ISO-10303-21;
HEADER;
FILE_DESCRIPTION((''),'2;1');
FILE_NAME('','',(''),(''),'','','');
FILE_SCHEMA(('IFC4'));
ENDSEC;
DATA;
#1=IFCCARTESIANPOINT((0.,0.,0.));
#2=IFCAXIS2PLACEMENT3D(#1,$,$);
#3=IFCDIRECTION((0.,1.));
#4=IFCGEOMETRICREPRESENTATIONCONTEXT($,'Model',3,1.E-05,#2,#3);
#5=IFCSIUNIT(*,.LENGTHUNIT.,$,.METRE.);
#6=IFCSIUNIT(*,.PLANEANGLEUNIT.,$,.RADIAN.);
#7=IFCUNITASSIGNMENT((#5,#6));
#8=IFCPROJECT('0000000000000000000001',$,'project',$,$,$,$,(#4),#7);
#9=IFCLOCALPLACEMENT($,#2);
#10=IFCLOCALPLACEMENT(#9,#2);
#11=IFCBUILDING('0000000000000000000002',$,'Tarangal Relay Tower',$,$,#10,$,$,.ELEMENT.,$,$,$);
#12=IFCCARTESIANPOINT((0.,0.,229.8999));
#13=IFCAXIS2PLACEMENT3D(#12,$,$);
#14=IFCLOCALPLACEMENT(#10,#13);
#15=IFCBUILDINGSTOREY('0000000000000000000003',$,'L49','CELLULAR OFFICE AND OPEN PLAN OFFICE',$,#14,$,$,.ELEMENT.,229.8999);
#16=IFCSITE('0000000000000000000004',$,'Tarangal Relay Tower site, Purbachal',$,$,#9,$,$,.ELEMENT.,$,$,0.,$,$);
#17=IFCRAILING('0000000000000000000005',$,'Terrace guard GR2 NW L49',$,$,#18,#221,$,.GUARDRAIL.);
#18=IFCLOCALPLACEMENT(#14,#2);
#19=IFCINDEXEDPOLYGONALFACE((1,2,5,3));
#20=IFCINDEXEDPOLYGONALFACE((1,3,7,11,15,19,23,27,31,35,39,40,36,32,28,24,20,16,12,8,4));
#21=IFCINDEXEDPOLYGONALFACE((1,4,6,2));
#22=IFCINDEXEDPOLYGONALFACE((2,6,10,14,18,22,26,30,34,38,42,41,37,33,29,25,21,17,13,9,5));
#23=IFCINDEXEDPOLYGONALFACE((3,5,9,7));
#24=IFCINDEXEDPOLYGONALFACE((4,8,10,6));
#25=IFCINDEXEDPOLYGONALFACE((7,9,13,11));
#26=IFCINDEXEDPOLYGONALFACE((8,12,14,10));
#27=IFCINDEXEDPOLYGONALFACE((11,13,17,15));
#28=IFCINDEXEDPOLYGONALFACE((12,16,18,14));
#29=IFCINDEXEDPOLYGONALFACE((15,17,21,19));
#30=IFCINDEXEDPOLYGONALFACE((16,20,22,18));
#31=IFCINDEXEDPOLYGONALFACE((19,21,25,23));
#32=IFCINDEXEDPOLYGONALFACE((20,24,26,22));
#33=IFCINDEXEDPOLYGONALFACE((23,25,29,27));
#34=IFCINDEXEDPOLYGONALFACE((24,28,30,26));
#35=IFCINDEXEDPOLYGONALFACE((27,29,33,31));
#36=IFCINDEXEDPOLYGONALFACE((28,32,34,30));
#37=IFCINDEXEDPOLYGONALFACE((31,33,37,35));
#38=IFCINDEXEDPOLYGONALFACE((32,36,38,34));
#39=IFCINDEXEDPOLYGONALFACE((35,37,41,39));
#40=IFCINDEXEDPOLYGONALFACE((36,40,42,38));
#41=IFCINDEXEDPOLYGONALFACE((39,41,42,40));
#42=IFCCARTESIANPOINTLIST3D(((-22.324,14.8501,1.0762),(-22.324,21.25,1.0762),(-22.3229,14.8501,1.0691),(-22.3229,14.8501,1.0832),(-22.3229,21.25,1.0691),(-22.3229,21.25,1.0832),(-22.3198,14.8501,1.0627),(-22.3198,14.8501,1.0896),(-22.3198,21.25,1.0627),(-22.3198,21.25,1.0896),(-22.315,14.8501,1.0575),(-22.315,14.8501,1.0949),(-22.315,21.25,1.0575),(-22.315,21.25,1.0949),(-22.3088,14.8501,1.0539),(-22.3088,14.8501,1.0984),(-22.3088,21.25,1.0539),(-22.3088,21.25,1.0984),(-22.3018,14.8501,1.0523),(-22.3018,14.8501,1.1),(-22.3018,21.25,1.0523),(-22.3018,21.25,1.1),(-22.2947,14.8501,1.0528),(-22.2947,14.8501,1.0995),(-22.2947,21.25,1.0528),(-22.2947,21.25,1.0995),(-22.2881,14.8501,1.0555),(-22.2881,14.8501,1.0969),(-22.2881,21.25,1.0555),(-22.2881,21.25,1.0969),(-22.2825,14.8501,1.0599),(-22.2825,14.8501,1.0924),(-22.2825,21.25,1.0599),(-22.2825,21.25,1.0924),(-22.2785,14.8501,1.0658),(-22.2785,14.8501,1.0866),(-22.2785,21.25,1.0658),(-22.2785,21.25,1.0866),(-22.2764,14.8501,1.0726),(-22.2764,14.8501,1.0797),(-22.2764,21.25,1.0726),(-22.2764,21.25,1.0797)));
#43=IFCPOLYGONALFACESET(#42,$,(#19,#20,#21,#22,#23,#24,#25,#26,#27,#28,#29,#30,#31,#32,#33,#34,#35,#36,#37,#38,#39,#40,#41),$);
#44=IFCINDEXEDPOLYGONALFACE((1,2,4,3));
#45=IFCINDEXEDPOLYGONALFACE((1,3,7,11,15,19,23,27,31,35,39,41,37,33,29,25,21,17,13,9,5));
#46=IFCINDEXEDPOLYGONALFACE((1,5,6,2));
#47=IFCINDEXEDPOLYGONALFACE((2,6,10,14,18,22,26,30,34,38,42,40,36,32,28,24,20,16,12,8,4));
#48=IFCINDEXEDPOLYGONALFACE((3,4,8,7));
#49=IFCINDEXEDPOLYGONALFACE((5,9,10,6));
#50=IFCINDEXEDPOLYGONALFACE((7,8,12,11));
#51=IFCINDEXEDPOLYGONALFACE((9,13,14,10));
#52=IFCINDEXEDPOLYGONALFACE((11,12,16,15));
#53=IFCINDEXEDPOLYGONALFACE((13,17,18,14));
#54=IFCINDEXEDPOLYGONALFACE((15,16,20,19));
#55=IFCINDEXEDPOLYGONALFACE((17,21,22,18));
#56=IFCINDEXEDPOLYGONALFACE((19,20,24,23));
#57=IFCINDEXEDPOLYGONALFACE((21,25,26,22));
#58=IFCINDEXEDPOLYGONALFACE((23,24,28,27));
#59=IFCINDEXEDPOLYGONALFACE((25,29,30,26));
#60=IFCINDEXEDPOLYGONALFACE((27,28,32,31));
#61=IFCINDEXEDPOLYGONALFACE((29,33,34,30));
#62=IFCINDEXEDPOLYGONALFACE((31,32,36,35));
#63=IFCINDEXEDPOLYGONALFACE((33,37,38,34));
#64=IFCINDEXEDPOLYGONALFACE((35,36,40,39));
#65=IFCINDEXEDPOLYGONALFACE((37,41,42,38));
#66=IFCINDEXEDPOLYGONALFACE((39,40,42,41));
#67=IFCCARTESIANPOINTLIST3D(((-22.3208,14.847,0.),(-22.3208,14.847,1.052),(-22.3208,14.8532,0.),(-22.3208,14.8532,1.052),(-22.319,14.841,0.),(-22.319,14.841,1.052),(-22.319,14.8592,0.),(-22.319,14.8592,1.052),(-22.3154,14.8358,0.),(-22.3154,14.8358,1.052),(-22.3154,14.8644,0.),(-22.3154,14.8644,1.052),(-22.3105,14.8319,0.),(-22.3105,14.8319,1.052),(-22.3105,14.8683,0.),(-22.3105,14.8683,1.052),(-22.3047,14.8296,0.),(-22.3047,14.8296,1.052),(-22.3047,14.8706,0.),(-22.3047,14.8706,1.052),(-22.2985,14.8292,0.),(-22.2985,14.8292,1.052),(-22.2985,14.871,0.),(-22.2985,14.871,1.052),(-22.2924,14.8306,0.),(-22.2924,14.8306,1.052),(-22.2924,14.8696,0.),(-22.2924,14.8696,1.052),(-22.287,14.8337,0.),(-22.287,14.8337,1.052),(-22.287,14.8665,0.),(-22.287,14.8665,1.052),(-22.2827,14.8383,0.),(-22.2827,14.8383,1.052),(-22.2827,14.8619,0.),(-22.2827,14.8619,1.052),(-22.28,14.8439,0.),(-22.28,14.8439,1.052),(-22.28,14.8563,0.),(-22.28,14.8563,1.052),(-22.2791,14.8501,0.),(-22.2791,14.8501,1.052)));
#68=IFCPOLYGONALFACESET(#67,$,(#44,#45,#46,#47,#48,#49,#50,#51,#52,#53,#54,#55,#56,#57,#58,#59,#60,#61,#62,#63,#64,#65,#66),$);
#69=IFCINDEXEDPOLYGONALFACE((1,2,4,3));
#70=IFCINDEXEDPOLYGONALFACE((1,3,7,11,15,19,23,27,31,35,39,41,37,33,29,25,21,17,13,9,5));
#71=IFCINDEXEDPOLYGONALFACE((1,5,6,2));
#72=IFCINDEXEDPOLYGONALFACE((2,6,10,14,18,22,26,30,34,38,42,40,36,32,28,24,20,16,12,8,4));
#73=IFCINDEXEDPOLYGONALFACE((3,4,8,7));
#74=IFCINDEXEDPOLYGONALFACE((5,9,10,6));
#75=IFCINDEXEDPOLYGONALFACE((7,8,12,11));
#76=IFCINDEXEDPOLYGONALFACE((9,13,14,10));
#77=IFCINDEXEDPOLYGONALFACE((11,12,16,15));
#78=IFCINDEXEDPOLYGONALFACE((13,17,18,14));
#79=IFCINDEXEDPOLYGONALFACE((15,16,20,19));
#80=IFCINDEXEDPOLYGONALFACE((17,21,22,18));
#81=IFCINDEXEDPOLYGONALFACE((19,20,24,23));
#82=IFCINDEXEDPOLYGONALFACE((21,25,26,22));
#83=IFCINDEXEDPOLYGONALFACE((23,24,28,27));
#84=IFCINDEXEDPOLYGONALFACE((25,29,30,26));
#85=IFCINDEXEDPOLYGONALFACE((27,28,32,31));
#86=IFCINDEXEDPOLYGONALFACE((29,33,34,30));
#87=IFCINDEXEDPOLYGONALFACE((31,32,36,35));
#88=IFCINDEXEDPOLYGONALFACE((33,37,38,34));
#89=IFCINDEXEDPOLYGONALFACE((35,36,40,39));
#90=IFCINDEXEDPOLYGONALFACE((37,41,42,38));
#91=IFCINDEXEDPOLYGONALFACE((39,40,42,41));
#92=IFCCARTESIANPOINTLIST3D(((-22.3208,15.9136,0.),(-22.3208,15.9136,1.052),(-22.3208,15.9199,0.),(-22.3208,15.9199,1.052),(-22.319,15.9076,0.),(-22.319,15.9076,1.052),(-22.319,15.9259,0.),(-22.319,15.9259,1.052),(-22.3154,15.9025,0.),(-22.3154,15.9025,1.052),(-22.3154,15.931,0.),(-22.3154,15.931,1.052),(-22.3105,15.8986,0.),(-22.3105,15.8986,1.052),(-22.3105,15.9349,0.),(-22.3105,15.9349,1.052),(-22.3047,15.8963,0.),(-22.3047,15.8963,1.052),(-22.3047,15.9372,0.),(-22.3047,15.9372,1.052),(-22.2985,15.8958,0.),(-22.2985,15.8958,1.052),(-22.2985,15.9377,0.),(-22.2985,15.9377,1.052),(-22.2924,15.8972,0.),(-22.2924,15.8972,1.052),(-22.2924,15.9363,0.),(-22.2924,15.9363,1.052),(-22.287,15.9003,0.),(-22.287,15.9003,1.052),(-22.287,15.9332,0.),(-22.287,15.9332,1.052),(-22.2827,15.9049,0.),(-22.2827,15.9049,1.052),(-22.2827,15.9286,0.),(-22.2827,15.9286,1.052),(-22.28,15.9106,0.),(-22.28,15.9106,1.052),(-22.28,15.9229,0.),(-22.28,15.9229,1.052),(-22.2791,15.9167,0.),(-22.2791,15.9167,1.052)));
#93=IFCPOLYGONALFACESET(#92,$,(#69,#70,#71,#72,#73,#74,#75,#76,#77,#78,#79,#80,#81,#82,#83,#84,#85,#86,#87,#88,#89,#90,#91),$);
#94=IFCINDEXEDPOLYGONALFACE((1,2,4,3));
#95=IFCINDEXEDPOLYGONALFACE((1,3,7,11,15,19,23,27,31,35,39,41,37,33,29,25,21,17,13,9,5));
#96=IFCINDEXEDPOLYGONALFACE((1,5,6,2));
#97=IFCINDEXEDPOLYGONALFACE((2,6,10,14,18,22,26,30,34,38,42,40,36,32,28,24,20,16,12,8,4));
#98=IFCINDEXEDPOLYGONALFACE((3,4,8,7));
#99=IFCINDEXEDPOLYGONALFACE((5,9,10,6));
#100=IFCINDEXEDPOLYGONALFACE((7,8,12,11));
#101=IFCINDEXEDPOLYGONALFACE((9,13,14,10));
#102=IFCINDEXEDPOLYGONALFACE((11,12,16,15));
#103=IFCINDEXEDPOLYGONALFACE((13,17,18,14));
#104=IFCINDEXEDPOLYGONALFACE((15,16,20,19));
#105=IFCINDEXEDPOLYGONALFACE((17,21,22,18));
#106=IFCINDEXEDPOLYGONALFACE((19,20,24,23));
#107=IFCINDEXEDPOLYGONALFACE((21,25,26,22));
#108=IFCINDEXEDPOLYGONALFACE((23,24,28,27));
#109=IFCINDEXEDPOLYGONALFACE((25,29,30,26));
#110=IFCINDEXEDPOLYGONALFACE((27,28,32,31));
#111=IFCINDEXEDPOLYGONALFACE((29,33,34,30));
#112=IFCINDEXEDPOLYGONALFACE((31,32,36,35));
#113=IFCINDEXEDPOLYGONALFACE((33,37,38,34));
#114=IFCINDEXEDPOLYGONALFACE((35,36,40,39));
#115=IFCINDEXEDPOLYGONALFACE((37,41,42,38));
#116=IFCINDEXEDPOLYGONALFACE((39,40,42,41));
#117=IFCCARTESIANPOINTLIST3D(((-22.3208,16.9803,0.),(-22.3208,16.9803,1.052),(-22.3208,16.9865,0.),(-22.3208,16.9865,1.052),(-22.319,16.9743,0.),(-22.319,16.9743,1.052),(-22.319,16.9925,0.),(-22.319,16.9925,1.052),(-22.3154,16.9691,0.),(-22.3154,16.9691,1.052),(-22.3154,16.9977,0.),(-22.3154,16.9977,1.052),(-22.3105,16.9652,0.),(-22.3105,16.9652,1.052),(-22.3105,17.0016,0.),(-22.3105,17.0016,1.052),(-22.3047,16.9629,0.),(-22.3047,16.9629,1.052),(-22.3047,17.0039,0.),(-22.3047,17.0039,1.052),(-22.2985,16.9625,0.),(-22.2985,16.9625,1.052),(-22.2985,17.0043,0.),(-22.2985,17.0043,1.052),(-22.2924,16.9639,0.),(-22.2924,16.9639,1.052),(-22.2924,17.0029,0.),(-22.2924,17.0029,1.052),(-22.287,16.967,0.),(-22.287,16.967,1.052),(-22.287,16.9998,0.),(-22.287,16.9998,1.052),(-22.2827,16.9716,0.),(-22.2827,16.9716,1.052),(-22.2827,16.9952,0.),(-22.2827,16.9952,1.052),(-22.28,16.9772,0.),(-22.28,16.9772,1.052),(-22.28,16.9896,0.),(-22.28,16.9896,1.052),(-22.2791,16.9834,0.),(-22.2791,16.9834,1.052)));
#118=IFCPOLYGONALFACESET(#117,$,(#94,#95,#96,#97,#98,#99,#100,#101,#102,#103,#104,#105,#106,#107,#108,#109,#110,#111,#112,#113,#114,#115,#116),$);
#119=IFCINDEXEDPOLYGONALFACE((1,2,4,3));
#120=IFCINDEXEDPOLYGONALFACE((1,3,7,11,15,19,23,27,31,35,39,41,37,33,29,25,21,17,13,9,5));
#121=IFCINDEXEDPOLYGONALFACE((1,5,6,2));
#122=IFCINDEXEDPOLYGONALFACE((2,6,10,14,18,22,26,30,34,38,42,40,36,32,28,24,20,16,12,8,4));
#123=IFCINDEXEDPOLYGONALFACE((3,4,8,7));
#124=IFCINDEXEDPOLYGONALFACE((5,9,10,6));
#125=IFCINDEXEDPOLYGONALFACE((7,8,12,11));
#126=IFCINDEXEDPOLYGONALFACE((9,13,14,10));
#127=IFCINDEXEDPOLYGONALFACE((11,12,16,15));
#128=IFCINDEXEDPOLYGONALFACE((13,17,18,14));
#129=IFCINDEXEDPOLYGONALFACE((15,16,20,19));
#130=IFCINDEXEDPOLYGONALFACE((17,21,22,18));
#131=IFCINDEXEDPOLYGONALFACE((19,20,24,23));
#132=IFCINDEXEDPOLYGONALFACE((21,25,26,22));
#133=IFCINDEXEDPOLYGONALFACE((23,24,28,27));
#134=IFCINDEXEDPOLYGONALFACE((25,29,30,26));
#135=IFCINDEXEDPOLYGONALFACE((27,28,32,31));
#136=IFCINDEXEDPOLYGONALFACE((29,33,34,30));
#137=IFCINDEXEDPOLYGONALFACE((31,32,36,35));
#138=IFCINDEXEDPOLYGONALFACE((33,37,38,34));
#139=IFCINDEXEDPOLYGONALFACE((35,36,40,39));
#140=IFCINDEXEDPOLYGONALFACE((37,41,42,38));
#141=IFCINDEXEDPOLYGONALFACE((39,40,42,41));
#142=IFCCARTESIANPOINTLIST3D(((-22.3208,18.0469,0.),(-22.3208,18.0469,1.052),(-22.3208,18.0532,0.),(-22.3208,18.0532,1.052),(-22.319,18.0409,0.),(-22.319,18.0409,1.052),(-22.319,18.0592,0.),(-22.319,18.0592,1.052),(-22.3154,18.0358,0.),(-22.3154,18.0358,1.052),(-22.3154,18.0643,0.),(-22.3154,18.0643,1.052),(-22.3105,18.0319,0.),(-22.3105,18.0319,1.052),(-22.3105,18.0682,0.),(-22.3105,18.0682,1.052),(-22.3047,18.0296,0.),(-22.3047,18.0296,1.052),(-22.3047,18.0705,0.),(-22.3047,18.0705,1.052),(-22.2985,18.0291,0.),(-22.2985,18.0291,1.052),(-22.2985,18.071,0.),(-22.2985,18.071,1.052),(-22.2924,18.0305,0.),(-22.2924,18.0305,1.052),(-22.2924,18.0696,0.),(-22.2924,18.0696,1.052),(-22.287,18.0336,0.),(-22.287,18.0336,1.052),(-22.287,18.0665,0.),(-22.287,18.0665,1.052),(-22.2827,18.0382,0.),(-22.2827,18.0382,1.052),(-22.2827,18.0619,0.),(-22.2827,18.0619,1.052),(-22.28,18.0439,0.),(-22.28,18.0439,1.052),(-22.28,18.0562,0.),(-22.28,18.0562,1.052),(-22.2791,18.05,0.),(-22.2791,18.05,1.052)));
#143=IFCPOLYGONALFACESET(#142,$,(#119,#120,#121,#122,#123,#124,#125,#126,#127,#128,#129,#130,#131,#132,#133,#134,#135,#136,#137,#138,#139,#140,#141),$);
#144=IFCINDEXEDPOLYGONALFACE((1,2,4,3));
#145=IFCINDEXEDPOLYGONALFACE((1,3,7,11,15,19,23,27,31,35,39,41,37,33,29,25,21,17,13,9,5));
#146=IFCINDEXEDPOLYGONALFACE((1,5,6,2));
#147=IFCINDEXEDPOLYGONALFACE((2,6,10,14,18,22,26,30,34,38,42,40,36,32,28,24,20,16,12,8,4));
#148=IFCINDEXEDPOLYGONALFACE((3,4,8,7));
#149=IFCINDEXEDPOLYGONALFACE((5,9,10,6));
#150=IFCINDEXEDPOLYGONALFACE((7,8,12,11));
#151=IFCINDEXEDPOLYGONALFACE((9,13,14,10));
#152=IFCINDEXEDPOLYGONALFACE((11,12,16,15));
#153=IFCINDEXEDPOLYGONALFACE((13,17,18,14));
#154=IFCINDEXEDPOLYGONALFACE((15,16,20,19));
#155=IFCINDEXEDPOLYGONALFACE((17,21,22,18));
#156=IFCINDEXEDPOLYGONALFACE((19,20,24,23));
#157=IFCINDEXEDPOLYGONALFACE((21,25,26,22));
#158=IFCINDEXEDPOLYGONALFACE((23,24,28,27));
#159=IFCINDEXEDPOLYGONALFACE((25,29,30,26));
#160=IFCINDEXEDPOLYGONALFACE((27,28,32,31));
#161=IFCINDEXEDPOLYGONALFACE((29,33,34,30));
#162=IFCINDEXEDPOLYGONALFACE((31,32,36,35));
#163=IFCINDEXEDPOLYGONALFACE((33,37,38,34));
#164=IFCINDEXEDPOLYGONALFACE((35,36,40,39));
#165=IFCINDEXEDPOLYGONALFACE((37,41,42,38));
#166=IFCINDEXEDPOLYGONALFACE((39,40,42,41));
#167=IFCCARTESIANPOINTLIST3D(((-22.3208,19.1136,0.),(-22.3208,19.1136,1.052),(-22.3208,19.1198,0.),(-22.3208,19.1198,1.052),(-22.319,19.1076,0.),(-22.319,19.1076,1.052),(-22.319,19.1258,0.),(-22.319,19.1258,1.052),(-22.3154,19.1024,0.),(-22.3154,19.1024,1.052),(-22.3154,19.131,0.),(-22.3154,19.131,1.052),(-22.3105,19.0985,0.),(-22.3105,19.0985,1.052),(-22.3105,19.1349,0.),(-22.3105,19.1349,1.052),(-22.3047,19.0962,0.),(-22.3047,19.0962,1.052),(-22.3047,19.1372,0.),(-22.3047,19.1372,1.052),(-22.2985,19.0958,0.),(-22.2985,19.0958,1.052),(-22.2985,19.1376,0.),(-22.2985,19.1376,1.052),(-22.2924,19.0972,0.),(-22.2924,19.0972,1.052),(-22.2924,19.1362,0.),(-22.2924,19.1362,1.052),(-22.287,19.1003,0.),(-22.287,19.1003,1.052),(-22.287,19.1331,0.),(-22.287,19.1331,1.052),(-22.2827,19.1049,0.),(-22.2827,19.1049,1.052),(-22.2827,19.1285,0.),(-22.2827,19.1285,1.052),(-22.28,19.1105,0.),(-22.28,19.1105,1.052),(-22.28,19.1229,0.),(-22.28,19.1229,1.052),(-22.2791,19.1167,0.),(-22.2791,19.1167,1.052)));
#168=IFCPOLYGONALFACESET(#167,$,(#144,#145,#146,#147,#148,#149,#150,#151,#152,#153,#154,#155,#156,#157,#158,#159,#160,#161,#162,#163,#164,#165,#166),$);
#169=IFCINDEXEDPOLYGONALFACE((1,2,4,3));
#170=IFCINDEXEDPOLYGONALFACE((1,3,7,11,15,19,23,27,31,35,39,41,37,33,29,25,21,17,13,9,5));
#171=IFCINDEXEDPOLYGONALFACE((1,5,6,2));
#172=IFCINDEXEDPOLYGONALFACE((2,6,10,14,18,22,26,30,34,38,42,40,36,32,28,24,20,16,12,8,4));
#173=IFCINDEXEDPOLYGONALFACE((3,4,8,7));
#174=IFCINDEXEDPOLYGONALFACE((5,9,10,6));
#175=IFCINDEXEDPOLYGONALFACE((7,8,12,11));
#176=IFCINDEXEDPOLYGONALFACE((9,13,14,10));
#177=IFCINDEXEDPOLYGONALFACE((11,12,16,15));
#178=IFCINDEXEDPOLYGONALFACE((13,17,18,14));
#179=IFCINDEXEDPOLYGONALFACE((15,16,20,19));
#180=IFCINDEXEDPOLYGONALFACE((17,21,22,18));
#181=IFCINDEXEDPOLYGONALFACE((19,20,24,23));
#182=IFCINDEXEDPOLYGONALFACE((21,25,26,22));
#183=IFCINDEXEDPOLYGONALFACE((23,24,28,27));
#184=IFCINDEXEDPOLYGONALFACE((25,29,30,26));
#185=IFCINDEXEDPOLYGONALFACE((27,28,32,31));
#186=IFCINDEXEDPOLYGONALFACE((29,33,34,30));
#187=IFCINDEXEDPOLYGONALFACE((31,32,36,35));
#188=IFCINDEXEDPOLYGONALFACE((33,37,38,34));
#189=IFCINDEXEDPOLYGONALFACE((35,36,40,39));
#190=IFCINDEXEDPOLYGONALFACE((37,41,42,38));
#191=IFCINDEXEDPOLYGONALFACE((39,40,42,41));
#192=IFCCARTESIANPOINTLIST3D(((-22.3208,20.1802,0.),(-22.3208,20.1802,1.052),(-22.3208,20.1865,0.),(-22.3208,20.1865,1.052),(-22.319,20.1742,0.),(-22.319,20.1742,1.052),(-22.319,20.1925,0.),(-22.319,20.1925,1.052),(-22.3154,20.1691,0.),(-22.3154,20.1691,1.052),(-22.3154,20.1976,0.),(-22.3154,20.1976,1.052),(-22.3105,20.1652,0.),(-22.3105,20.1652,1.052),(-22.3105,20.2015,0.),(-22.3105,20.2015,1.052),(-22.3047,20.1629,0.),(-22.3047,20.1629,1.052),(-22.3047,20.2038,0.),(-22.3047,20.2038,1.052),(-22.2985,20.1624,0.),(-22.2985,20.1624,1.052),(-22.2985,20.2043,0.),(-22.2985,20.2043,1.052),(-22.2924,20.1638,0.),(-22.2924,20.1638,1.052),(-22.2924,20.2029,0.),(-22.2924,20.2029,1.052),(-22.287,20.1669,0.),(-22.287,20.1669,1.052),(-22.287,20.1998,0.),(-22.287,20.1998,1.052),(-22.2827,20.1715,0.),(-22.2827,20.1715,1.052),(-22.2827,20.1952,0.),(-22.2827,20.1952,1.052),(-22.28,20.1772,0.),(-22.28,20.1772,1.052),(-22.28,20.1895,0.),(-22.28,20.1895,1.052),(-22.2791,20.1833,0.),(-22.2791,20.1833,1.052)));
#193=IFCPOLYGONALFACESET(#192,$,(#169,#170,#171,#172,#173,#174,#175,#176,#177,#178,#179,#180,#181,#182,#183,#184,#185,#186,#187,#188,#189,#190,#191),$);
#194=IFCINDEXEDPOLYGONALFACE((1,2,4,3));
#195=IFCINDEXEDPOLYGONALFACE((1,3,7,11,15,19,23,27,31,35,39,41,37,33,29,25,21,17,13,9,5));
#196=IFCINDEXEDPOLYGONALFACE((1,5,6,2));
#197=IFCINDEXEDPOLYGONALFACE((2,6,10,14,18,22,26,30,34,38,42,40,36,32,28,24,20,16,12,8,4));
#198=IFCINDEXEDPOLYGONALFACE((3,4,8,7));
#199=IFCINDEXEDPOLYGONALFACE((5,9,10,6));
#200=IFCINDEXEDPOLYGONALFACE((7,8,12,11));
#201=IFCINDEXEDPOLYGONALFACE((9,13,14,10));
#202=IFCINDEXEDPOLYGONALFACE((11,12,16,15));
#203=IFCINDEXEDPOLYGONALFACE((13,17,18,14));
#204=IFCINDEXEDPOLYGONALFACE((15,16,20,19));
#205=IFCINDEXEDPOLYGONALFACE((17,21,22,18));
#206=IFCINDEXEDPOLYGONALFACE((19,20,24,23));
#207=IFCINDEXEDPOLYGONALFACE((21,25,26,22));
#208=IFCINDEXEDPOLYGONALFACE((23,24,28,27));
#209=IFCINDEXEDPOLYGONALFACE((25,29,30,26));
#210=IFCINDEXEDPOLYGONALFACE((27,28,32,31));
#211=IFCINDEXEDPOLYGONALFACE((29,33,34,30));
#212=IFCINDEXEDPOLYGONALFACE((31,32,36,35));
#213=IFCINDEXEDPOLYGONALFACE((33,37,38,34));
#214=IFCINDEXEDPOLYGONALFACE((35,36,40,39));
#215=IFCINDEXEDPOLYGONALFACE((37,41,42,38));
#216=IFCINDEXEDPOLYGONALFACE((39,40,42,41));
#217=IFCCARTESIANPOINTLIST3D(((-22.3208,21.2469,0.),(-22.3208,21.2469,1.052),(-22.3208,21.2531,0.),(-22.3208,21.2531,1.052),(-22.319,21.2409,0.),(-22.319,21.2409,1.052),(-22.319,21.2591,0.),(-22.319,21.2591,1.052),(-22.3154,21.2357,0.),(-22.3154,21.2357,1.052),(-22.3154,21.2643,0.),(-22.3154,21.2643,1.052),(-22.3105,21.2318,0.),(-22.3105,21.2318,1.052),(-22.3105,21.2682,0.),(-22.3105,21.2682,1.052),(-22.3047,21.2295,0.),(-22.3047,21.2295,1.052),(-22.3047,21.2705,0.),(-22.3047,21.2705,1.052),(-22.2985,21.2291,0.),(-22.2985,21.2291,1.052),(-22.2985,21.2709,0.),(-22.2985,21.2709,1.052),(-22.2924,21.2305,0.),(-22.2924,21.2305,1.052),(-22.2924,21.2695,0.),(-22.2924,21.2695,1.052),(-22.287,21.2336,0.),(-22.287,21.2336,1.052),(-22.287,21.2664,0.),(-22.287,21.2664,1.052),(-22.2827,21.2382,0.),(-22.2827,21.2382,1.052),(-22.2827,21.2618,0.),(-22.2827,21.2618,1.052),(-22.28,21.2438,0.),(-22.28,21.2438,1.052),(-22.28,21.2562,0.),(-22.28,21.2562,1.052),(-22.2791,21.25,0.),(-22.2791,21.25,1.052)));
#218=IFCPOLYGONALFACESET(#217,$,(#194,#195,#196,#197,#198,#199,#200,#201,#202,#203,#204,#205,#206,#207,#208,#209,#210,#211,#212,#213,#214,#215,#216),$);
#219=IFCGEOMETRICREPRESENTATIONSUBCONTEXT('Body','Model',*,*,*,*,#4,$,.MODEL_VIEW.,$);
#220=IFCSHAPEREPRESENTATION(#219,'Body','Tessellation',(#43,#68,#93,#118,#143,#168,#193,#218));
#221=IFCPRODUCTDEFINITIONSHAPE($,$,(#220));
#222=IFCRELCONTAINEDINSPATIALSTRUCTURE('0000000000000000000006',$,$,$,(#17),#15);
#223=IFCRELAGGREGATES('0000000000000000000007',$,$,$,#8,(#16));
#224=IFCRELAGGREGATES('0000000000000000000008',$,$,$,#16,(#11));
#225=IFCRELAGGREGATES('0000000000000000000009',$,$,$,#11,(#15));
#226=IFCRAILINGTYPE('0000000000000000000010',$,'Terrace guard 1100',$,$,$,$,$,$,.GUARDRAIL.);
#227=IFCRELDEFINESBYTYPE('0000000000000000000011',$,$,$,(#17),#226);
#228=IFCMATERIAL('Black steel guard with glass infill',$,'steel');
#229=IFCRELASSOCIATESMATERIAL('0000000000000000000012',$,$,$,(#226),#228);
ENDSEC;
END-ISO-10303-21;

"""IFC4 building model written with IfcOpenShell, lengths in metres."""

from ifc_helpers import new_model, si_unit, direction, frame, origin, origin_2d, place, context, subcontext, project, spatial, circle, extrude, material, type_object, element, save


model = new_model("IFC4")

# Units and contexts
model_context = context("Model", 3, precision=1e-05, world=origin(), true_north=direction((0.0, 1.0)))
body_context = subcontext(model_context, "Body", "Model", "MODEL_VIEW")
ifc_project = project(units=[si_unit("LENGTHUNIT", "METRE"), si_unit("PLANEANGLEUNIT", "RADIAN")], contexts=[model_context])

# Site, building, storey
site_placement = place(None, origin())
site = spatial("IfcSite", under=ifc_project, at=site_placement, Name="Tarangal Relay Tower site, Purbachal", CompositionType="ELEMENT", RefElevation=0.0)
building_placement = place(site_placement, origin())
building = spatial("IfcBuilding", under=site, at=building_placement, Name="Tarangal Relay Tower", CompositionType="ELEMENT")
storey_placement = place(building_placement, frame((0.0, 0.0, 229.8999)))
storey = spatial("IfcBuildingStorey", under=building, at=storey_placement, Name="L49", Description="CELLULAR OFFICE AND OPEN PLAN OFFICE", CompositionType="ELEMENT", Elevation=229.8999)

# Railing
ifc_material_1 = material(Name="Black steel guard with glass infill", Category="steel")
railing_type = type_object("IfcRailingType", Name="Terrace guard 1100", PredefinedType="GUARDRAIL", material=ifc_material_1)
railing_1_placement = place(storey_placement, frame((-22.3, 14.8501, 0.0)))
element("IfcRailing", 1, at=railing_1_placement, inside=storey, type_object=railing_type, Name="Terrace guard GR2 NW L49", PredefinedType="GUARDRAIL", context=body_context, shape_type="SweptSolid", body=[
    extrude(circle(Radius=0.0239, at=origin_2d()), frame((0.0, 0.0, 1.0762), z_axis=(0.0, 1.0, 0.0), x_axis=(-1.0, 0.0, 0.0)), (0.0, 0.0, 1.0), 6.3999),
    extrude(circle(Radius=0.021, at=origin_2d()), origin(), (0.0, 0.0, 1.0), 1.052),
    extrude(circle(Radius=0.021, at=origin_2d()), frame((0.0, 1.0667, 0.0)), (0.0, 0.0, 1.0), 1.052),
    extrude(circle(Radius=0.021, at=origin_2d()), frame((0.0, 2.1333, 0.0)), (0.0, 0.0, 1.0), 1.052),
    extrude(circle(Radius=0.021, at=origin_2d()), frame((0.0, 3.2, 0.0)), (0.0, 0.0, 1.0), 1.052),
    extrude(circle(Radius=0.021, at=origin_2d()), frame((0.0, 4.2666, 0.0)), (0.0, 0.0, 1.0), 1.052),
    extrude(circle(Radius=0.021, at=origin_2d()), frame((0.0, 5.3333, 0.0)), (0.0, 0.0, 1.0), 1.052),
    extrude(circle(Radius=0.021, at=origin_2d()), frame((0.0, 6.3999, 0.0)), (0.0, 0.0, 1.0), 1.052),
])

save(model, "model.ifc")
